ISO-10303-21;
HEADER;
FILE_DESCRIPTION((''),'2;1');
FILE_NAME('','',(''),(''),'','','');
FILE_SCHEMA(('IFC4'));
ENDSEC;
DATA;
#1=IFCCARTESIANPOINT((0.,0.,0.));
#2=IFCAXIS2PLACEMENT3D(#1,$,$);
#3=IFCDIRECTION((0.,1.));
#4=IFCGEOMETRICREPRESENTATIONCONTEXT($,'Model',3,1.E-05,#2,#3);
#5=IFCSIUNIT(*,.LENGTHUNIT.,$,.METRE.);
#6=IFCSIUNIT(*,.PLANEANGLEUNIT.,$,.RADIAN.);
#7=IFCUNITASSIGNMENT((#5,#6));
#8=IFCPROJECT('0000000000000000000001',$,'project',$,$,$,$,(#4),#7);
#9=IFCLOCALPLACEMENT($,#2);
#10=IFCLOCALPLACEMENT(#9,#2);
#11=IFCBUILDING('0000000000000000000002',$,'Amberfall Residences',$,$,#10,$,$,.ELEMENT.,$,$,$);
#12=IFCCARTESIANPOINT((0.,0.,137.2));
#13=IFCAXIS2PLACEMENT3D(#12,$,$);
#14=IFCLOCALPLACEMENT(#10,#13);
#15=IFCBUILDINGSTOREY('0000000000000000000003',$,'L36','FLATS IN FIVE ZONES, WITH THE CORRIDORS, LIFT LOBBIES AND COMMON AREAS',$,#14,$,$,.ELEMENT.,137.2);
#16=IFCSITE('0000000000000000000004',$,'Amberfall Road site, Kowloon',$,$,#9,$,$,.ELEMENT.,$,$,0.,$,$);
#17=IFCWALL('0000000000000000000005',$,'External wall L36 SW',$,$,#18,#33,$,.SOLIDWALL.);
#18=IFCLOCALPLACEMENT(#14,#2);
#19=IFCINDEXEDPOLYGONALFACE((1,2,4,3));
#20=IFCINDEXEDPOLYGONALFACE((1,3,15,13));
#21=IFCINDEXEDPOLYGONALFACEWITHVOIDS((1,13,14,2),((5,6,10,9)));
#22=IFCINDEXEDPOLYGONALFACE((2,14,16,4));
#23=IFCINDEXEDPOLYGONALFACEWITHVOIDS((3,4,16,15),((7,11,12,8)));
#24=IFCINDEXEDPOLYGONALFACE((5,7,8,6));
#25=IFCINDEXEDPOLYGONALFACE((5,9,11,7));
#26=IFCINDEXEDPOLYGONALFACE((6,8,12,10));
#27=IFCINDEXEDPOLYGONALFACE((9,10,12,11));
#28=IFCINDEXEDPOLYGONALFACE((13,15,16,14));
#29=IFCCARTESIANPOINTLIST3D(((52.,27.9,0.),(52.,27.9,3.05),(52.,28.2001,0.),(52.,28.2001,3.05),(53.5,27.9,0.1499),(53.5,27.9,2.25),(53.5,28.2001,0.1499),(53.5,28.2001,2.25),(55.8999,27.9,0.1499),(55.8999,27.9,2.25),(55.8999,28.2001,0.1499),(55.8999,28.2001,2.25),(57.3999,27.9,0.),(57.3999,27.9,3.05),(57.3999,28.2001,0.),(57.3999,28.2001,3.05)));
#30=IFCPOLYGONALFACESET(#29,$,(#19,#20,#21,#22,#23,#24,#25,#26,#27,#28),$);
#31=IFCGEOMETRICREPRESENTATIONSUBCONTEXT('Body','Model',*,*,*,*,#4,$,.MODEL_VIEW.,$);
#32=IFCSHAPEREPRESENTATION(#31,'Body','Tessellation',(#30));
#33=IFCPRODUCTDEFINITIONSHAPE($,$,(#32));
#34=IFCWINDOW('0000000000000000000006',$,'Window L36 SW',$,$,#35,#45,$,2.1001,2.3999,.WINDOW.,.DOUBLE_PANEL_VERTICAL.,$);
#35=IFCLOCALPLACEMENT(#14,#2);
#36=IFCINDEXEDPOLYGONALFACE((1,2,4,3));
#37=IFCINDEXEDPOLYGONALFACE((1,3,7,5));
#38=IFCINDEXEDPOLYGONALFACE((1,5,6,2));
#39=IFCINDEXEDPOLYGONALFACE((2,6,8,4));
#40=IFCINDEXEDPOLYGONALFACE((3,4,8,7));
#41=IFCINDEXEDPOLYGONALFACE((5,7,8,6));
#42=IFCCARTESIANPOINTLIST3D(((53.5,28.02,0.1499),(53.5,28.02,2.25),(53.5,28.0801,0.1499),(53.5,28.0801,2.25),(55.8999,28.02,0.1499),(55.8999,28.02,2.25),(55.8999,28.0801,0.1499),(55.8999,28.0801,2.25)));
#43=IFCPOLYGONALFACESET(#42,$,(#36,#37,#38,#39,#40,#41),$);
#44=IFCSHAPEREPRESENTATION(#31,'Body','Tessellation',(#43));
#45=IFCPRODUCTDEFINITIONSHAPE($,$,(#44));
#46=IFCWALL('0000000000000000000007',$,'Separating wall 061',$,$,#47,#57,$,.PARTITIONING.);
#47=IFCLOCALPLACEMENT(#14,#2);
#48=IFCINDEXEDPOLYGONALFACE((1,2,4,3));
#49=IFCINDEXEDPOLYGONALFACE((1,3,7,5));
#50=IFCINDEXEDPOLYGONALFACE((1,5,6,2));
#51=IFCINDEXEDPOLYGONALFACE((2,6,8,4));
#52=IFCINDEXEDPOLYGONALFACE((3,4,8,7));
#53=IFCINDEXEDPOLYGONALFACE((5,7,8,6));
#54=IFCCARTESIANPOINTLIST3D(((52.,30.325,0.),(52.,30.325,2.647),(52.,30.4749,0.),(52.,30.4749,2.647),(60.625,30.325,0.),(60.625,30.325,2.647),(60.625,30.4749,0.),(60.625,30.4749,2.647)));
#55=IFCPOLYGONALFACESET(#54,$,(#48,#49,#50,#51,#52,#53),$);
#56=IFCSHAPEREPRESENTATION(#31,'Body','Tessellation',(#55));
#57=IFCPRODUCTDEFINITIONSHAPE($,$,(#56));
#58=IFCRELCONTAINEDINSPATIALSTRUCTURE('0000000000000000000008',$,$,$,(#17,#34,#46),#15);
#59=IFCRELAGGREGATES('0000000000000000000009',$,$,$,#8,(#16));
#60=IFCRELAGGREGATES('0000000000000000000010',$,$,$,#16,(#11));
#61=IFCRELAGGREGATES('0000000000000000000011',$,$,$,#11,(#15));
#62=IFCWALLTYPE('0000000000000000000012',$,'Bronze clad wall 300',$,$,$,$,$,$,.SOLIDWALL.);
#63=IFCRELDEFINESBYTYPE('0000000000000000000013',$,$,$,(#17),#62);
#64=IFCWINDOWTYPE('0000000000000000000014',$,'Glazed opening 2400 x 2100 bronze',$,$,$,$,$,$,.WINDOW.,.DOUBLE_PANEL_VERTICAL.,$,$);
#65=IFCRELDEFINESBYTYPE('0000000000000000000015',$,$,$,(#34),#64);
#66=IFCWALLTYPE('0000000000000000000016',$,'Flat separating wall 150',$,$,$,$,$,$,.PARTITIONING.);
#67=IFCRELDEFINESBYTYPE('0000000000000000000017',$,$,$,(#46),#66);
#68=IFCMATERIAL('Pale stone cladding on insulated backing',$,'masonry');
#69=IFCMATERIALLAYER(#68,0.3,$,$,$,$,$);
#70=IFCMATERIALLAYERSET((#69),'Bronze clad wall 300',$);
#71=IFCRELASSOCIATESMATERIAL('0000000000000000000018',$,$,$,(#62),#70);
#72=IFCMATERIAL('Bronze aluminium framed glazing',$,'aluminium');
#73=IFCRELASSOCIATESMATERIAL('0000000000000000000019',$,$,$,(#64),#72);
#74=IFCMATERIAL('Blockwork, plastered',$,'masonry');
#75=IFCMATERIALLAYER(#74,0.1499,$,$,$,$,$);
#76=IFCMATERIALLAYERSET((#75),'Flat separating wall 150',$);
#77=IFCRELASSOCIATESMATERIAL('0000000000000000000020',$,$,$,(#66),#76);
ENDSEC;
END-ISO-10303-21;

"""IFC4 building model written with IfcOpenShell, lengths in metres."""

from ifc_helpers import new_model, si_unit, direction, frame, frame_2d, origin, place, context, subcontext, project, spatial, rectangle, extrude, material, layer, layer_set, type_object, element, fill, save


model = new_model("IFC4")

# Units and contexts
model_context = context("Model", 3, precision=1e-05, world=origin(), true_north=direction((0.0, 1.0)))
body_context = subcontext(model_context, "Body", "Model", "MODEL_VIEW")
ifc_project = project(units=[si_unit("LENGTHUNIT", "METRE"), si_unit("PLANEANGLEUNIT", "RADIAN")], contexts=[model_context])

# Site, building, storey
site_placement = place(None, origin())
site = spatial("IfcSite", under=ifc_project, at=site_placement, Name="Amberfall Road site, Kowloon", CompositionType="ELEMENT", RefElevation=0.0)
building_placement = place(site_placement, origin())
building = spatial("IfcBuilding", under=site, at=building_placement, Name="Amberfall Residences", CompositionType="ELEMENT")
storey_placement = place(building_placement, frame((0.0, 0.0, 137.2)))
storey = spatial("IfcBuildingStorey", under=building, at=storey_placement, Name="L36", Description="FLATS IN FIVE ZONES, WITH THE CORRIDORS, LIFT LOBBIES AND COMMON AREAS", CompositionType="ELEMENT", Elevation=137.2)

# Wall, opening, window
ifc_material_1 = material(Name="Pale stone cladding on insulated backing", Category="masonry")
ifc_layer_1 = layer(ifc_material_1, 0.3)
ifc_layer_set_1 = layer_set([ifc_layer_1], Name="Bronze clad wall 300")
wall_type_1 = type_object("IfcWallType", Name="Bronze clad wall 300", PredefinedType="SOLIDWALL", material=ifc_layer_set_1)
wall_1_placement = place(storey_placement, frame((52.0, 28.05, 0.0), z_axis=(0.0, 0.0, 1.0), x_axis=(1.0, 0.0, 0.0)))
wall_1 = element("IfcWall", 1, at=wall_1_placement, inside=storey, type_object=wall_type_1, Name="External wall L36 SW", PredefinedType="SOLIDWALL", context=body_context, shape_type="SweptSolid", body=[
    extrude(rectangle(XDim=5.3999, YDim=0.3, at=frame_2d((2.7, 0.0))), origin(), (0.0, 0.0, 1.0), 3.05),
])
opening_placement = place(wall_1_placement, frame((1.5, 0.0, 0.1499)))
opening = element("IfcOpeningElement", 2, at=opening_placement, cuts=wall_1, PredefinedType="OPENING", context=body_context, shape_type="SweptSolid", body=[
    extrude(rectangle(XDim=2.3999, YDim=2.1001, at=frame_2d((1.2, 1.05))), frame((0.0, 0.1599, 0.0), z_axis=(0.0, -1.0, 0.0), x_axis=(1.0, 0.0, 0.0)), (0.0, 0.0, 1.0), 0.3201),
])
ifc_material_2 = material(Name="Bronze aluminium framed glazing", Category="aluminium")
window_type = type_object("IfcWindowType", Name="Glazed opening 2400 x 2100 bronze", PartitioningType="DOUBLE_PANEL_VERTICAL", PredefinedType="WINDOW", material=ifc_material_2)
window_placement = place(opening_placement, origin())
window = element("IfcWindow", 3, at=window_placement, inside=storey, type_object=window_type, Name="Window L36 SW", OverallHeight=2.1001, OverallWidth=2.3999, PartitioningType="DOUBLE_PANEL_VERTICAL", PredefinedType="WINDOW", context=body_context, shape_type="SweptSolid", body=[
    extrude(rectangle(XDim=2.3999, YDim=2.1001, at=frame_2d((1.2, 1.05))), frame((0.0, 0.03, 0.0), z_axis=(0.0, -1.0, 0.0), x_axis=(1.0, 0.0, 0.0)), (0.0, 0.0, 1.0), 0.0601),
])
fill(opening, window)

# Wall
ifc_material_3 = material(Name="Blockwork, plastered", Category="masonry")
ifc_layer_2 = layer(ifc_material_3, 0.1499)
ifc_layer_set_2 = layer_set([ifc_layer_2], Name="Flat separating wall 150")
wall_type_2 = type_object("IfcWallType", Name="Flat separating wall 150", PredefinedType="PARTITIONING", material=ifc_layer_set_2)
wall_2_placement = place(storey_placement, frame((52.0, 30.3999, 0.0), z_axis=(0.0, 0.0, 1.0), x_axis=(1.0, 0.0, 0.0)))
element("IfcWall", 4, at=wall_2_placement, inside=storey, type_object=wall_type_2, Name="Separating wall 061", PredefinedType="PARTITIONING", context=body_context, shape_type="SweptSolid", body=[
    extrude(rectangle(XDim=8.625, YDim=0.1499, at=frame_2d((4.3125, 0.0))), origin(), (0.0, 0.0, 1.0), 2.647),
])

save(model, "model.ifc")
